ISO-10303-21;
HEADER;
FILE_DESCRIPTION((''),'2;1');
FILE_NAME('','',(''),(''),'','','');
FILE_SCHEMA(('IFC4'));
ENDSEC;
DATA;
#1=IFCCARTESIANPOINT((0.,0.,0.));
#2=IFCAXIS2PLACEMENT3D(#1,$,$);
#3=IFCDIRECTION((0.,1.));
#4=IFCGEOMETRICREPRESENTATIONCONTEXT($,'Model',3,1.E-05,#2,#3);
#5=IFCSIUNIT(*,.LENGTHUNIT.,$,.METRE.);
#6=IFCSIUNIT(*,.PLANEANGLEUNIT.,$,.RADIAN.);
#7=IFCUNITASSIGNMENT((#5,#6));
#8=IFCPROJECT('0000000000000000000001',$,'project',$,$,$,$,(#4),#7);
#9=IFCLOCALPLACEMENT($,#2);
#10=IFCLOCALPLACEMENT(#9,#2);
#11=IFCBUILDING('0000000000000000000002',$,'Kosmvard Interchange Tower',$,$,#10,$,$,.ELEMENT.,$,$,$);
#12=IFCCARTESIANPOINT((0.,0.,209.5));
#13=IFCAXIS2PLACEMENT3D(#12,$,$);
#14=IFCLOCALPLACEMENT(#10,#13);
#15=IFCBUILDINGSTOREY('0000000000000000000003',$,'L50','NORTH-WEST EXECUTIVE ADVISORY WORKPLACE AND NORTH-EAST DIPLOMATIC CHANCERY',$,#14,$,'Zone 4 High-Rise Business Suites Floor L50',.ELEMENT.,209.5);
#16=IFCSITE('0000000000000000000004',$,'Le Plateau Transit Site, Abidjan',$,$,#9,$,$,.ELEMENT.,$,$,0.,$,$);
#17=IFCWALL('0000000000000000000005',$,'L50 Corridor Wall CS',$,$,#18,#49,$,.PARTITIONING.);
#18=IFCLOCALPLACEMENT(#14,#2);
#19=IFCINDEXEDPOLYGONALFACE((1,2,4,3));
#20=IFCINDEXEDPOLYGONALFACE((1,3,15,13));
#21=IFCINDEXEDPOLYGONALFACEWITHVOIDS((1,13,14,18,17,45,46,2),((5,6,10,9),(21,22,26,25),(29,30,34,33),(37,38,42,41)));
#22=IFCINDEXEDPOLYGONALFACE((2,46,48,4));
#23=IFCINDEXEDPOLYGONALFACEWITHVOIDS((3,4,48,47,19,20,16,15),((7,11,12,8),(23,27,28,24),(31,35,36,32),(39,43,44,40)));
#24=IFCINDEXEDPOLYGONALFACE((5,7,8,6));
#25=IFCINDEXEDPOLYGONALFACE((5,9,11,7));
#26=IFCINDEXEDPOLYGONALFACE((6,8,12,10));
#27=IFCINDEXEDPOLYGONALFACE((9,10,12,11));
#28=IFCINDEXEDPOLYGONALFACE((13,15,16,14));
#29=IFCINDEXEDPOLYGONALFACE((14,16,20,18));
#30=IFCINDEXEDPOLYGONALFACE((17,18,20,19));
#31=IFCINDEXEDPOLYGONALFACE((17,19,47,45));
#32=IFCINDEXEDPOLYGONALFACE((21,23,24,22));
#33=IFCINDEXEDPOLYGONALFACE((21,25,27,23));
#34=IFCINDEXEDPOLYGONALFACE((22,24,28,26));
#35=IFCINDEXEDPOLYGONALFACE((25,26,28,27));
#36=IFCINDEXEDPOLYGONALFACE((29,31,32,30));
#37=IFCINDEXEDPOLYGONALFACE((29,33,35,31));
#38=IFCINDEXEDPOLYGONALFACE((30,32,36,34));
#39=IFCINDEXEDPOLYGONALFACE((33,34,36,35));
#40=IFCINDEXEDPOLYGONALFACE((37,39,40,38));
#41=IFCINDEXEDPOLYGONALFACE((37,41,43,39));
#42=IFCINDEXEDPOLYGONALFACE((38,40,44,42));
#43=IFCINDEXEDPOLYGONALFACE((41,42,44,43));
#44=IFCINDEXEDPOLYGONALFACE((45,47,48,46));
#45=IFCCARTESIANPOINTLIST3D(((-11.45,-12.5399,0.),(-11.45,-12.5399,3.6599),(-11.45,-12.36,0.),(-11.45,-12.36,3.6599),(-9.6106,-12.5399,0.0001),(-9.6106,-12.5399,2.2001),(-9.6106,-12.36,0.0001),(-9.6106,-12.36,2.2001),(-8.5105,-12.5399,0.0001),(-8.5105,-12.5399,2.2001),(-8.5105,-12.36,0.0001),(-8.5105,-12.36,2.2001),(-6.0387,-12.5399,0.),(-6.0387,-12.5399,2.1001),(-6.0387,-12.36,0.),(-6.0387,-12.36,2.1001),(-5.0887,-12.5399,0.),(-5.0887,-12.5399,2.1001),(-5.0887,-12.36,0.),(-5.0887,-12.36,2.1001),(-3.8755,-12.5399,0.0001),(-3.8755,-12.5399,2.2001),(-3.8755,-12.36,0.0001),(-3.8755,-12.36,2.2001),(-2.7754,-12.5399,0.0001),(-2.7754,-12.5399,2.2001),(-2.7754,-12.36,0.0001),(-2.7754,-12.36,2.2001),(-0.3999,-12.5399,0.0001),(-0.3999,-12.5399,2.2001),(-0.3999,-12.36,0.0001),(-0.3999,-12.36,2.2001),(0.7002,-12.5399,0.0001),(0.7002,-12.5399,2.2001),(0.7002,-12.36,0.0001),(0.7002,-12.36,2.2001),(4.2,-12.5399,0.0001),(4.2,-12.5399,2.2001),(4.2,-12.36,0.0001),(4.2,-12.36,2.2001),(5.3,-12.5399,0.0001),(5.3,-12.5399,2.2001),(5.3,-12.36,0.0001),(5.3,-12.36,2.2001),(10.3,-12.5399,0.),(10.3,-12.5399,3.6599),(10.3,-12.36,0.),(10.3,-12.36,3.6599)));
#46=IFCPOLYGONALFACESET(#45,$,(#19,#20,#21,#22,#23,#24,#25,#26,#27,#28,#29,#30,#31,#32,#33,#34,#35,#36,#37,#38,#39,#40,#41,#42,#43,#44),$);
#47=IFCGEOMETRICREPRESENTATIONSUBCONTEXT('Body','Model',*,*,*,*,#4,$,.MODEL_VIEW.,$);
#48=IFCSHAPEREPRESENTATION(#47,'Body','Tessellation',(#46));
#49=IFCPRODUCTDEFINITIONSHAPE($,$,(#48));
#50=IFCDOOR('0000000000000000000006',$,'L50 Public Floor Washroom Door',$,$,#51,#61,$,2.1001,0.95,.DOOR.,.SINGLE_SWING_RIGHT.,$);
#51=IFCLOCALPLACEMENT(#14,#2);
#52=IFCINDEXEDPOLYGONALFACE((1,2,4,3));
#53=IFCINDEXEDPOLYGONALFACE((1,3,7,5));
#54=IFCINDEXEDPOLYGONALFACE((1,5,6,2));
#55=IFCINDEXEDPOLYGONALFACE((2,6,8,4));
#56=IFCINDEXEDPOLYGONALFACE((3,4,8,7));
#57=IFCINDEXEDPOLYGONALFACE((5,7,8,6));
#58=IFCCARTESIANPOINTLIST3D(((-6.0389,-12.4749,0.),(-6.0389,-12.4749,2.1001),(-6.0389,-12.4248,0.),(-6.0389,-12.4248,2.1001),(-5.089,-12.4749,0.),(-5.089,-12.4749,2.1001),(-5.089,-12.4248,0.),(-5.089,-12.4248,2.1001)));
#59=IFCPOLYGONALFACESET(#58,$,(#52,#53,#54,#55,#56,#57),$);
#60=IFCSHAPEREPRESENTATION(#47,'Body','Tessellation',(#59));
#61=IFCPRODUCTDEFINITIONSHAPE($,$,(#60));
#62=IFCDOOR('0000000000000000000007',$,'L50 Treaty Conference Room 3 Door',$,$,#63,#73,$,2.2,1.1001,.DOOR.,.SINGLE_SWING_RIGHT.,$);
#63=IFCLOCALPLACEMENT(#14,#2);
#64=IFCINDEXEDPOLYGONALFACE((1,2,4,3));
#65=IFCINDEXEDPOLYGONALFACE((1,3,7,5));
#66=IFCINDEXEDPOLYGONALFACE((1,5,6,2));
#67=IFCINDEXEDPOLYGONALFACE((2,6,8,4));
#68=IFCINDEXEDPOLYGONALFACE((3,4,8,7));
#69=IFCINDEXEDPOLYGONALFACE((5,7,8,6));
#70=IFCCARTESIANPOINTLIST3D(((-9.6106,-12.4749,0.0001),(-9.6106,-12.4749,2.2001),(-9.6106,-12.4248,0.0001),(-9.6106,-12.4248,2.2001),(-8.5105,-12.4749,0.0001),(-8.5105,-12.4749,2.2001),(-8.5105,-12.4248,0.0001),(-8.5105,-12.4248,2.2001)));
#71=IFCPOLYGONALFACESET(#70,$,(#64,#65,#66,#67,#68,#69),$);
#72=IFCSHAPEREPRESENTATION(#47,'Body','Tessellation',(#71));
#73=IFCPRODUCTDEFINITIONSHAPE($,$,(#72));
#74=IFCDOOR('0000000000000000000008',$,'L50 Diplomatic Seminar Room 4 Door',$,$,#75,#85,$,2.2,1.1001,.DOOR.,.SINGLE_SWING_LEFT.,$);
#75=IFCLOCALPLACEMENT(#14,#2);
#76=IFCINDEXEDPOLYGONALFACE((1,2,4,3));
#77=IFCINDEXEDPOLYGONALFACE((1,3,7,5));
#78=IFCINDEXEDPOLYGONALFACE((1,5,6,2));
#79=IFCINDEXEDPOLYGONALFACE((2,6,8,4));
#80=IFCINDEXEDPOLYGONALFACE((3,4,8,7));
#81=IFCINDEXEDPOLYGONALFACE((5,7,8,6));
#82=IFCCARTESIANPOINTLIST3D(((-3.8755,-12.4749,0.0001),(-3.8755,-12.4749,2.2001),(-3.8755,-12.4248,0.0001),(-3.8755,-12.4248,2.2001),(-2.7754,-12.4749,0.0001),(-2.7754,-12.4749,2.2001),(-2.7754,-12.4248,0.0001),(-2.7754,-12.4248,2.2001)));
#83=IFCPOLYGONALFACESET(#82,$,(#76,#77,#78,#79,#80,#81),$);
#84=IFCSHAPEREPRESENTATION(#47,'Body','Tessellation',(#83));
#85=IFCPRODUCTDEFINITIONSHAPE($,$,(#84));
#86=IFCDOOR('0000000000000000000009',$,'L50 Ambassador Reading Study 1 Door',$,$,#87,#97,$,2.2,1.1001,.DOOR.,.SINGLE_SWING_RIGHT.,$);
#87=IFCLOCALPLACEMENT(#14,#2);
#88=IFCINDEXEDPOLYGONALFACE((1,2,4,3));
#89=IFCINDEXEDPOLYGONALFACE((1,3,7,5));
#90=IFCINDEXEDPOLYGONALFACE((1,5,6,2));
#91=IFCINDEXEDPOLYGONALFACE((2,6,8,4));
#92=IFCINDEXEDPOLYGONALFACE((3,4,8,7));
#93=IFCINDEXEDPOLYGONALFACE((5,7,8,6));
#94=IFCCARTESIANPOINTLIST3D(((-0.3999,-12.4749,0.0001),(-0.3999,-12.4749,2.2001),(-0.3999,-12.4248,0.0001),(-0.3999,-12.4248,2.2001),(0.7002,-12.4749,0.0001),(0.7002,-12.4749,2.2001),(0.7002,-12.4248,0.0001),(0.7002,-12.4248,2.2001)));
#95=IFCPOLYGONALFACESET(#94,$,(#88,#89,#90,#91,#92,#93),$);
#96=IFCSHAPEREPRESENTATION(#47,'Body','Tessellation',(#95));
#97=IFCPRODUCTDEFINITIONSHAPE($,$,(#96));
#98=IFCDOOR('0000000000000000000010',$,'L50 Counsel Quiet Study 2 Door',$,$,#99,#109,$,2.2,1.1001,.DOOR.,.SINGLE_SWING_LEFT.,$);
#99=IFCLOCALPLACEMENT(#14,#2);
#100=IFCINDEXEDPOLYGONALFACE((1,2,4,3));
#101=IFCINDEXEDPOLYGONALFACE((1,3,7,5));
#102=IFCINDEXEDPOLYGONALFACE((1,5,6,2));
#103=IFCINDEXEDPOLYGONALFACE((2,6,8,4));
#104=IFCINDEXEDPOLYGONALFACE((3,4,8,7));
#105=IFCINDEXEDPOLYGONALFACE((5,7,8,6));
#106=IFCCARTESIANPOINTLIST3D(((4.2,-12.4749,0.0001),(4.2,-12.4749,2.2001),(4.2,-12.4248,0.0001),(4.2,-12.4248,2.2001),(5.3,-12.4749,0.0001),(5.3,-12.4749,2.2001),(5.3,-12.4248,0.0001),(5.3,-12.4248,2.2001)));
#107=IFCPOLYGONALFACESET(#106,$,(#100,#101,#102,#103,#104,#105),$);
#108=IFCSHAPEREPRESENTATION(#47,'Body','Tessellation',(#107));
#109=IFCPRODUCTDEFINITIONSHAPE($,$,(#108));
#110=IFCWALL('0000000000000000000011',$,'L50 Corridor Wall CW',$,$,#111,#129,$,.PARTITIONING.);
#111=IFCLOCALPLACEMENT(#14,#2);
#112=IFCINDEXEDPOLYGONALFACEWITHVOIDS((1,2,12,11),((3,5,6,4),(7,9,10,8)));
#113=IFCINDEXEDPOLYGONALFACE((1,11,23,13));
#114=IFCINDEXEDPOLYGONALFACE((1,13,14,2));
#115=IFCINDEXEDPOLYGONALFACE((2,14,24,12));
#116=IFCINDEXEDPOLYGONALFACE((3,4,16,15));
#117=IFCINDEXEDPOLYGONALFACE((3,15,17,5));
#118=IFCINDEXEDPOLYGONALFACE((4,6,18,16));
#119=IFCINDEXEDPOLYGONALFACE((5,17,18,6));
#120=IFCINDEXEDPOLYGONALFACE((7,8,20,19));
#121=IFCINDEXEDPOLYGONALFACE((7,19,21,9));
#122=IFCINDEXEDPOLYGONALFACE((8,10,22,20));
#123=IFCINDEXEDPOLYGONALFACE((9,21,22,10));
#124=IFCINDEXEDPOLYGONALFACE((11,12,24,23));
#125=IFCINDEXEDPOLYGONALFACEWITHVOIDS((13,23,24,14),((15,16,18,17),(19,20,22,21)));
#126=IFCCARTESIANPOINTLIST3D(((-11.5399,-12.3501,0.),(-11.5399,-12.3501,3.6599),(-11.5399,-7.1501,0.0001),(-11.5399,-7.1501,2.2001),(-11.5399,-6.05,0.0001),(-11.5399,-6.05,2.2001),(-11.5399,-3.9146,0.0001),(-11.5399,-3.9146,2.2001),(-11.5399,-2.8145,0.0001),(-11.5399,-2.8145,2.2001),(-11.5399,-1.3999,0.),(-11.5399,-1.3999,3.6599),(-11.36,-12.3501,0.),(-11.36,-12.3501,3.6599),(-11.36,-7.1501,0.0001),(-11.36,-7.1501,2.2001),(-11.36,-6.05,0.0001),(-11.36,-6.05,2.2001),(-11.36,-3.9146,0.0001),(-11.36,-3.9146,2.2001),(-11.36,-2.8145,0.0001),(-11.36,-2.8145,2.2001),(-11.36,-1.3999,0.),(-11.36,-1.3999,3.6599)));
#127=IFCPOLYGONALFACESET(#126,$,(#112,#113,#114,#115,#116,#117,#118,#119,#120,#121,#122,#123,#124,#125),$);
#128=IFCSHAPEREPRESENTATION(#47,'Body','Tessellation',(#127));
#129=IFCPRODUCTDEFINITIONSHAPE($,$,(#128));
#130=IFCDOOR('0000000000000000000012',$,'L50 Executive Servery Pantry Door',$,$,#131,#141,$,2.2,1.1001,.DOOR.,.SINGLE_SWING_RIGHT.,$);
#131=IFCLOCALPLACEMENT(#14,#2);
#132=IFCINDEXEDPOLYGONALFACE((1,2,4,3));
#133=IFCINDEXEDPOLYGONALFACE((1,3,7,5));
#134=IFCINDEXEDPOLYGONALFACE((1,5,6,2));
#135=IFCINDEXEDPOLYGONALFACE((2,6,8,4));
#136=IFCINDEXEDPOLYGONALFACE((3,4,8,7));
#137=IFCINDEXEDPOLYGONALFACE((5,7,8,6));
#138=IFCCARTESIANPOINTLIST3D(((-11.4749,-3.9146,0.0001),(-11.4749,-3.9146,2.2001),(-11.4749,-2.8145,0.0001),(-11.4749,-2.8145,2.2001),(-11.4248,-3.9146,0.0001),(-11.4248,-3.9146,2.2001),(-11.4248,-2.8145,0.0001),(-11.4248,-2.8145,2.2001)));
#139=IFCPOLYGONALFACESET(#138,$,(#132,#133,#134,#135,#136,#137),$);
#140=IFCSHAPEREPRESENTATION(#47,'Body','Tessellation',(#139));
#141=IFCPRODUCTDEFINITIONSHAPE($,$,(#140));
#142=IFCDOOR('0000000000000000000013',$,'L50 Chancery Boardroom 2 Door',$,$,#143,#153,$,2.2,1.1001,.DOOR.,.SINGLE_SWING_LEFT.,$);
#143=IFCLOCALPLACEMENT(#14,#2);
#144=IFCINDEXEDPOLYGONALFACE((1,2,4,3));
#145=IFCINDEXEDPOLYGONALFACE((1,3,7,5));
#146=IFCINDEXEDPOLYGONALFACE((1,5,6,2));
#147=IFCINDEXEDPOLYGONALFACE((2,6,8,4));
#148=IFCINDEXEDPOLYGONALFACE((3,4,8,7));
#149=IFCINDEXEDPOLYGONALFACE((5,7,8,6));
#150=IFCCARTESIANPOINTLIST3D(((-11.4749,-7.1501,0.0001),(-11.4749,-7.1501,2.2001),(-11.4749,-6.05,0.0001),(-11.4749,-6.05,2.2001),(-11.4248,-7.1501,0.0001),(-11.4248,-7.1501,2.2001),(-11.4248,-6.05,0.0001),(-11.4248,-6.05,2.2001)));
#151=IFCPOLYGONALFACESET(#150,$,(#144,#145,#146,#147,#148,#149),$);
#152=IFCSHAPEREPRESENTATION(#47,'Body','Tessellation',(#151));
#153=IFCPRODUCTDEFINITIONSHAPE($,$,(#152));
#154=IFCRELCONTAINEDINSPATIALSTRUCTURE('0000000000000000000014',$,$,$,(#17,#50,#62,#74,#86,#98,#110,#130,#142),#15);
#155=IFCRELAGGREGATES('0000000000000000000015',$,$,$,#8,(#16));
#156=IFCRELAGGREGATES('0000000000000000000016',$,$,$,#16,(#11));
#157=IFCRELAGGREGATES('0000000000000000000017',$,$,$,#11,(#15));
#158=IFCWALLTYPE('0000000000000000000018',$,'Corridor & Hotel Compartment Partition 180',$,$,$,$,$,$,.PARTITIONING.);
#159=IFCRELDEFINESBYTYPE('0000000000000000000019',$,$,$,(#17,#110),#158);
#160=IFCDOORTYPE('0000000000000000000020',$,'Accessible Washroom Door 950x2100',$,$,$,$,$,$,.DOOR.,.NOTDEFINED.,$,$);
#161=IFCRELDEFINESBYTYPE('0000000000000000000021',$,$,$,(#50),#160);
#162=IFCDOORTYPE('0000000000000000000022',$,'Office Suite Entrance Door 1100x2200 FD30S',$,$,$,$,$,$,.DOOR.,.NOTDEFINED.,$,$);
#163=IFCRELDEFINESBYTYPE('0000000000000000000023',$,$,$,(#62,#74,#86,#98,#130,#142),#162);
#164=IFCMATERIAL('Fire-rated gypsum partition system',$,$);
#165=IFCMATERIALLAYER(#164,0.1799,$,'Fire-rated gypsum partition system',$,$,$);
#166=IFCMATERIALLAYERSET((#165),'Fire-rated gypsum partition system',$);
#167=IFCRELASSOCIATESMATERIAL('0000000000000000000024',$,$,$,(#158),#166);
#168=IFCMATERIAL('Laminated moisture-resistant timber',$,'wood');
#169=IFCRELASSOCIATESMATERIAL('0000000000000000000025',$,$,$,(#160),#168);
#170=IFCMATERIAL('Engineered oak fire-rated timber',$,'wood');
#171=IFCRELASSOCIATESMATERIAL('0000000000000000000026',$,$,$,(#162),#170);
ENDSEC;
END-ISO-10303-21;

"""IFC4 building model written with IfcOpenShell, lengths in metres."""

from ifc_helpers import new_model, si_unit, direction, frame, frame_2d, origin, place, context, subcontext, project, spatial, rectangle, extrude, source, transform, mapped, material, layer, layer_set, type_object, element, fill, save


model = new_model("IFC4")

# Units and contexts
model_context = context("Model", 3, precision=1e-05, world=origin(), true_north=direction((0.0, 1.0)))
body_context = subcontext(model_context, "Body", "Model", "MODEL_VIEW")
ifc_project = project(units=[si_unit("LENGTHUNIT", "METRE"), si_unit("PLANEANGLEUNIT", "RADIAN")], contexts=[model_context])

# Site, building, storey
site_placement = place(None, origin())
site = spatial("IfcSite", under=ifc_project, at=site_placement, Name="Le Plateau Transit Site, Abidjan", CompositionType="ELEMENT", RefElevation=0.0)
building_placement = place(site_placement, origin())
building = spatial("IfcBuilding", under=site, at=building_placement, Name="Kosmvard Interchange Tower", CompositionType="ELEMENT")
storey_placement = place(building_placement, frame((0.0, 0.0, 209.5)))
storey = spatial("IfcBuildingStorey", under=building, at=storey_placement, Name="L50", Description="NORTH-WEST EXECUTIVE ADVISORY WORKPLACE AND NORTH-EAST DIPLOMATIC CHANCERY", LongName="Zone 4 High-Rise Business Suites Floor L50", CompositionType="ELEMENT", Elevation=209.5)

# Walls, openings, doors
ifc_material_1 = material(Name="Fire-rated gypsum partition system")
ifc_layer_1 = layer(ifc_material_1, 0.1799, Name="Fire-rated gypsum partition system")
ifc_layer_set_1 = layer_set([ifc_layer_1], Name="Fire-rated gypsum partition system")
wall_type_1 = type_object("IfcWallType", Name="Corridor & Hotel Compartment Partition 180", PredefinedType="PARTITIONING", material=ifc_layer_set_1)
wall_1_placement = place(storey_placement, frame((-11.45, -12.45, 0.0), z_axis=(0.0, 0.0, 1.0), x_axis=(1.0, 0.0, 0.0)))
wall_1 = element("IfcWall", 1, at=wall_1_placement, inside=storey, type_object=wall_type_1, Name="L50 Corridor Wall CS", PredefinedType="PARTITIONING", context=body_context, shape_type="SweptSolid", body=[
    extrude(rectangle(XDim=21.75, YDim=0.1799, at=frame_2d((10.875, 0.0))), origin(), (0.0, 0.0, 1.0), 3.6599),
])
opening_1_placement = place(wall_1_placement, frame((5.4111, 0.0, 0.0)))
opening_1 = element("IfcOpeningElement", 2, at=opening_1_placement, cuts=wall_1, PredefinedType="OPENING", context=body_context, shape_type="SweptSolid", body=[
    extrude(rectangle(XDim=0.95, YDim=2.1001, at=frame_2d((0.4751, 1.05))), frame((0.0, 0.1001, 0.0), z_axis=(0.0, -1.0, 0.0), x_axis=(1.0, 0.0, 0.0)), (0.0, 0.0, 1.0), 0.2),
])
opening_2_placement = place(wall_1_placement, frame((1.8394, 0.0, 0.0)))
opening_2 = element("IfcOpeningElement", 3, at=opening_2_placement, cuts=wall_1, PredefinedType="OPENING", context=body_context, shape_type="SweptSolid", body=[
    extrude(rectangle(XDim=1.1001, YDim=2.2, at=frame_2d((0.55, 1.1001))), frame((0.0, 0.1001, 0.0), z_axis=(0.0, -1.0, 0.0), x_axis=(1.0, 0.0, 0.0)), (0.0, 0.0, 1.0), 0.2),
])
opening_3_placement = place(wall_1_placement, frame((7.5745, 0.0, 0.0)))
opening_3 = element("IfcOpeningElement", 4, at=opening_3_placement, cuts=wall_1, PredefinedType="OPENING", context=body_context, shape_type="SweptSolid", body=[
    extrude(rectangle(XDim=1.1001, YDim=2.2, at=frame_2d((0.55, 1.1001))), frame((0.0, 0.1001, 0.0), z_axis=(0.0, -1.0, 0.0), x_axis=(1.0, 0.0, 0.0)), (0.0, 0.0, 1.0), 0.2),
])
opening_4_placement = place(wall_1_placement, frame((11.05, 0.0, 0.0)))
opening_4 = element("IfcOpeningElement", 5, at=opening_4_placement, cuts=wall_1, PredefinedType="OPENING", context=body_context, shape_type="SweptSolid", body=[
    extrude(rectangle(XDim=1.1001, YDim=2.2, at=frame_2d((0.55, 1.1001))), frame((0.0, 0.1001, 0.0), z_axis=(0.0, -1.0, 0.0), x_axis=(1.0, 0.0, 0.0)), (0.0, 0.0, 1.0), 0.2),
])
opening_5_placement = place(wall_1_placement, frame((15.6499, 0.0, 0.0)))
opening_5 = element("IfcOpeningElement", 6, at=opening_5_placement, cuts=wall_1, PredefinedType="OPENING", context=body_context, shape_type="SweptSolid", body=[
    extrude(rectangle(XDim=1.1001, YDim=2.2, at=frame_2d((0.55, 1.1001))), frame((0.0, 0.1001, 0.0), z_axis=(0.0, -1.0, 0.0), x_axis=(1.0, 0.0, 0.0)), (0.0, 0.0, 1.0), 0.2),
])
ifc_material_2 = material(Name="Laminated moisture-resistant timber", Category="wood")
door_type_1 = type_object("IfcDoorType", Name="Accessible Washroom Door 950x2100", OperationType="NOTDEFINED", PredefinedType="DOOR", material=ifc_material_2)
shared_shape_1 = source(origin(), body_context, "Body", "SweptSolid", [
    extrude(rectangle(XDim=0.95, YDim=2.1001, at=frame_2d((0.4751, 1.05))), frame((0.0, 0.0249, 0.0), z_axis=(0.0, -1.0, 0.0), x_axis=(1.0, 0.0, 0.0)), (0.0, 0.0, 1.0), 0.05),
])
door_1_placement = place(opening_1_placement, frame((0.95, 0.0, 0.0), z_axis=(0.0, 0.0, 1.0), x_axis=(-1.0, 0.0, 0.0)))
door_1 = element("IfcDoor", 7, at=door_1_placement, inside=storey, type_object=door_type_1, Name="L50 Public Floor Washroom Door", OperationType="SINGLE_SWING_RIGHT", OverallHeight=2.1001, OverallWidth=0.95, PredefinedType="DOOR", context=body_context, shape_type="MappedRepresentation", body=[
    mapped(shared_shape_1, transform((0.0, 0.0, 0.0), scale=1.0)),
])
fill(opening_1, door_1)
ifc_material_3 = material(Name="Engineered oak fire-rated timber", Category="wood")
door_type_2 = type_object("IfcDoorType", Name="Office Suite Entrance Door 1100x2200 FD30S", OperationType="NOTDEFINED", PredefinedType="DOOR", material=ifc_material_3)
shared_shape_2 = source(origin(), body_context, "Body", "SweptSolid", [
    extrude(rectangle(XDim=1.1001, YDim=2.2, at=frame_2d((0.55, 1.1001))), frame((0.0, 0.0249, 0.0), z_axis=(0.0, -1.0, 0.0), x_axis=(1.0, 0.0, 0.0)), (0.0, 0.0, 1.0), 0.05),
])
door_2_placement = place(opening_2_placement, frame((1.1001, 0.0, 0.0), z_axis=(0.0, 0.0, 1.0), x_axis=(-1.0, 0.0, 0.0)))
door_2 = element("IfcDoor", 8, at=door_2_placement, inside=storey, type_object=door_type_2, Name="L50 Treaty Conference Room 3 Door", OperationType="SINGLE_SWING_RIGHT", OverallHeight=2.2, OverallWidth=1.1001, PredefinedType="DOOR", context=body_context, shape_type="MappedRepresentation", body=[
    mapped(shared_shape_2, transform((0.0, 0.0, 0.0), scale=1.0)),
])
fill(opening_2, door_2)
door_3_placement = place(opening_3_placement, frame((1.1001, 0.0, 0.0), z_axis=(0.0, 0.0, 1.0), x_axis=(-1.0, 0.0, 0.0)))
door_3 = element("IfcDoor", 9, at=door_3_placement, inside=storey, type_object=door_type_2, Name="L50 Diplomatic Seminar Room 4 Door", OperationType="SINGLE_SWING_LEFT", OverallHeight=2.2, OverallWidth=1.1001, PredefinedType="DOOR", context=body_context, shape_type="MappedRepresentation", body=[
    mapped(shared_shape_2, transform((0.0, 0.0, 0.0), scale=1.0)),
])
fill(opening_3, door_3)
door_4_placement = place(opening_4_placement, frame((1.1001, 0.0, 0.0), z_axis=(0.0, 0.0, 1.0), x_axis=(-1.0, 0.0, 0.0)))
door_4 = element("IfcDoor", 10, at=door_4_placement, inside=storey, type_object=door_type_2, Name="L50 Ambassador Reading Study 1 Door", OperationType="SINGLE_SWING_RIGHT", OverallHeight=2.2, OverallWidth=1.1001, PredefinedType="DOOR", context=body_context, shape_type="MappedRepresentation", body=[
    mapped(shared_shape_2, transform((0.0, 0.0, 0.0), scale=1.0)),
])
fill(opening_4, door_4)
door_5_placement = place(opening_5_placement, frame((1.1001, 0.0, 0.0), z_axis=(0.0, 0.0, 1.0), x_axis=(-1.0, 0.0, 0.0)))
door_5 = element("IfcDoor", 11, at=door_5_placement, inside=storey, type_object=door_type_2, Name="L50 Counsel Quiet Study 2 Door", OperationType="SINGLE_SWING_LEFT", OverallHeight=2.2, OverallWidth=1.1001, PredefinedType="DOOR", context=body_context, shape_type="MappedRepresentation", body=[
    mapped(shared_shape_2, transform((0.0, 0.0, 0.0), scale=1.0)),
])
fill(opening_5, door_5)
wall_2_placement = place(storey_placement, frame((-11.45, -12.3501, 0.0), z_axis=(0.0, 0.0, 1.0), x_axis=(0.0, 1.0, 0.0)))
wall_2 = element("IfcWall", 12, at=wall_2_placement, inside=storey, type_object=wall_type_1, Name="L50 Corridor Wall CW", PredefinedType="PARTITIONING", context=body_context, shape_type="SweptSolid", body=[
    extrude(rectangle(XDim=10.9502, YDim=0.1799, at=frame_2d((5.4751, 0.0))), origin(), (0.0, 0.0, 1.0), 3.6599),
])
opening_6_placement = place(wall_2_placement, frame((8.4355, 0.0, 0.0)))
opening_6 = element("IfcOpeningElement", 13, at=opening_6_placement, cuts=wall_2, PredefinedType="OPENING", context=body_context, shape_type="SweptSolid", body=[
    extrude(rectangle(XDim=1.1001, YDim=2.2, at=frame_2d((0.55, 1.1001))), frame((0.0, 0.1001, 0.0), z_axis=(0.0, -1.0, 0.0), x_axis=(1.0, 0.0, 0.0)), (0.0, 0.0, 1.0), 0.2),
])
opening_7_placement = place(wall_2_placement, frame((5.2, 0.0, 0.0)))
opening_7 = element("IfcOpeningElement", 14, at=opening_7_placement, cuts=wall_2, PredefinedType="OPENING", context=body_context, shape_type="SweptSolid", body=[
    extrude(rectangle(XDim=1.1001, YDim=2.2, at=frame_2d((0.55, 1.1001))), frame((0.0, 0.1001, 0.0), z_axis=(0.0, -1.0, 0.0), x_axis=(1.0, 0.0, 0.0)), (0.0, 0.0, 1.0), 0.2),
])
door_6_placement = place(opening_6_placement, origin())
door_6 = element("IfcDoor", 15, at=door_6_placement, inside=storey, type_object=door_type_2, Name="L50 Executive Servery Pantry Door", OperationType="SINGLE_SWING_RIGHT", OverallHeight=2.2, OverallWidth=1.1001, PredefinedType="DOOR", context=body_context, shape_type="MappedRepresentation", body=[
    mapped(shared_shape_2, transform((0.0, 0.0, 0.0), scale=1.0)),
])
fill(opening_6, door_6)
door_7_placement = place(opening_7_placement, origin())
door_7 = element("IfcDoor", 16, at=door_7_placement, inside=storey, type_object=door_type_2, Name="L50 Chancery Boardroom 2 Door", OperationType="SINGLE_SWING_LEFT", OverallHeight=2.2, OverallWidth=1.1001, PredefinedType="DOOR", context=body_context, shape_type="MappedRepresentation", body=[
    mapped(shared_shape_2, transform((0.0, 0.0, 0.0), scale=1.0)),
])
fill(opening_7, door_7)

save(model, "model.ifc")
